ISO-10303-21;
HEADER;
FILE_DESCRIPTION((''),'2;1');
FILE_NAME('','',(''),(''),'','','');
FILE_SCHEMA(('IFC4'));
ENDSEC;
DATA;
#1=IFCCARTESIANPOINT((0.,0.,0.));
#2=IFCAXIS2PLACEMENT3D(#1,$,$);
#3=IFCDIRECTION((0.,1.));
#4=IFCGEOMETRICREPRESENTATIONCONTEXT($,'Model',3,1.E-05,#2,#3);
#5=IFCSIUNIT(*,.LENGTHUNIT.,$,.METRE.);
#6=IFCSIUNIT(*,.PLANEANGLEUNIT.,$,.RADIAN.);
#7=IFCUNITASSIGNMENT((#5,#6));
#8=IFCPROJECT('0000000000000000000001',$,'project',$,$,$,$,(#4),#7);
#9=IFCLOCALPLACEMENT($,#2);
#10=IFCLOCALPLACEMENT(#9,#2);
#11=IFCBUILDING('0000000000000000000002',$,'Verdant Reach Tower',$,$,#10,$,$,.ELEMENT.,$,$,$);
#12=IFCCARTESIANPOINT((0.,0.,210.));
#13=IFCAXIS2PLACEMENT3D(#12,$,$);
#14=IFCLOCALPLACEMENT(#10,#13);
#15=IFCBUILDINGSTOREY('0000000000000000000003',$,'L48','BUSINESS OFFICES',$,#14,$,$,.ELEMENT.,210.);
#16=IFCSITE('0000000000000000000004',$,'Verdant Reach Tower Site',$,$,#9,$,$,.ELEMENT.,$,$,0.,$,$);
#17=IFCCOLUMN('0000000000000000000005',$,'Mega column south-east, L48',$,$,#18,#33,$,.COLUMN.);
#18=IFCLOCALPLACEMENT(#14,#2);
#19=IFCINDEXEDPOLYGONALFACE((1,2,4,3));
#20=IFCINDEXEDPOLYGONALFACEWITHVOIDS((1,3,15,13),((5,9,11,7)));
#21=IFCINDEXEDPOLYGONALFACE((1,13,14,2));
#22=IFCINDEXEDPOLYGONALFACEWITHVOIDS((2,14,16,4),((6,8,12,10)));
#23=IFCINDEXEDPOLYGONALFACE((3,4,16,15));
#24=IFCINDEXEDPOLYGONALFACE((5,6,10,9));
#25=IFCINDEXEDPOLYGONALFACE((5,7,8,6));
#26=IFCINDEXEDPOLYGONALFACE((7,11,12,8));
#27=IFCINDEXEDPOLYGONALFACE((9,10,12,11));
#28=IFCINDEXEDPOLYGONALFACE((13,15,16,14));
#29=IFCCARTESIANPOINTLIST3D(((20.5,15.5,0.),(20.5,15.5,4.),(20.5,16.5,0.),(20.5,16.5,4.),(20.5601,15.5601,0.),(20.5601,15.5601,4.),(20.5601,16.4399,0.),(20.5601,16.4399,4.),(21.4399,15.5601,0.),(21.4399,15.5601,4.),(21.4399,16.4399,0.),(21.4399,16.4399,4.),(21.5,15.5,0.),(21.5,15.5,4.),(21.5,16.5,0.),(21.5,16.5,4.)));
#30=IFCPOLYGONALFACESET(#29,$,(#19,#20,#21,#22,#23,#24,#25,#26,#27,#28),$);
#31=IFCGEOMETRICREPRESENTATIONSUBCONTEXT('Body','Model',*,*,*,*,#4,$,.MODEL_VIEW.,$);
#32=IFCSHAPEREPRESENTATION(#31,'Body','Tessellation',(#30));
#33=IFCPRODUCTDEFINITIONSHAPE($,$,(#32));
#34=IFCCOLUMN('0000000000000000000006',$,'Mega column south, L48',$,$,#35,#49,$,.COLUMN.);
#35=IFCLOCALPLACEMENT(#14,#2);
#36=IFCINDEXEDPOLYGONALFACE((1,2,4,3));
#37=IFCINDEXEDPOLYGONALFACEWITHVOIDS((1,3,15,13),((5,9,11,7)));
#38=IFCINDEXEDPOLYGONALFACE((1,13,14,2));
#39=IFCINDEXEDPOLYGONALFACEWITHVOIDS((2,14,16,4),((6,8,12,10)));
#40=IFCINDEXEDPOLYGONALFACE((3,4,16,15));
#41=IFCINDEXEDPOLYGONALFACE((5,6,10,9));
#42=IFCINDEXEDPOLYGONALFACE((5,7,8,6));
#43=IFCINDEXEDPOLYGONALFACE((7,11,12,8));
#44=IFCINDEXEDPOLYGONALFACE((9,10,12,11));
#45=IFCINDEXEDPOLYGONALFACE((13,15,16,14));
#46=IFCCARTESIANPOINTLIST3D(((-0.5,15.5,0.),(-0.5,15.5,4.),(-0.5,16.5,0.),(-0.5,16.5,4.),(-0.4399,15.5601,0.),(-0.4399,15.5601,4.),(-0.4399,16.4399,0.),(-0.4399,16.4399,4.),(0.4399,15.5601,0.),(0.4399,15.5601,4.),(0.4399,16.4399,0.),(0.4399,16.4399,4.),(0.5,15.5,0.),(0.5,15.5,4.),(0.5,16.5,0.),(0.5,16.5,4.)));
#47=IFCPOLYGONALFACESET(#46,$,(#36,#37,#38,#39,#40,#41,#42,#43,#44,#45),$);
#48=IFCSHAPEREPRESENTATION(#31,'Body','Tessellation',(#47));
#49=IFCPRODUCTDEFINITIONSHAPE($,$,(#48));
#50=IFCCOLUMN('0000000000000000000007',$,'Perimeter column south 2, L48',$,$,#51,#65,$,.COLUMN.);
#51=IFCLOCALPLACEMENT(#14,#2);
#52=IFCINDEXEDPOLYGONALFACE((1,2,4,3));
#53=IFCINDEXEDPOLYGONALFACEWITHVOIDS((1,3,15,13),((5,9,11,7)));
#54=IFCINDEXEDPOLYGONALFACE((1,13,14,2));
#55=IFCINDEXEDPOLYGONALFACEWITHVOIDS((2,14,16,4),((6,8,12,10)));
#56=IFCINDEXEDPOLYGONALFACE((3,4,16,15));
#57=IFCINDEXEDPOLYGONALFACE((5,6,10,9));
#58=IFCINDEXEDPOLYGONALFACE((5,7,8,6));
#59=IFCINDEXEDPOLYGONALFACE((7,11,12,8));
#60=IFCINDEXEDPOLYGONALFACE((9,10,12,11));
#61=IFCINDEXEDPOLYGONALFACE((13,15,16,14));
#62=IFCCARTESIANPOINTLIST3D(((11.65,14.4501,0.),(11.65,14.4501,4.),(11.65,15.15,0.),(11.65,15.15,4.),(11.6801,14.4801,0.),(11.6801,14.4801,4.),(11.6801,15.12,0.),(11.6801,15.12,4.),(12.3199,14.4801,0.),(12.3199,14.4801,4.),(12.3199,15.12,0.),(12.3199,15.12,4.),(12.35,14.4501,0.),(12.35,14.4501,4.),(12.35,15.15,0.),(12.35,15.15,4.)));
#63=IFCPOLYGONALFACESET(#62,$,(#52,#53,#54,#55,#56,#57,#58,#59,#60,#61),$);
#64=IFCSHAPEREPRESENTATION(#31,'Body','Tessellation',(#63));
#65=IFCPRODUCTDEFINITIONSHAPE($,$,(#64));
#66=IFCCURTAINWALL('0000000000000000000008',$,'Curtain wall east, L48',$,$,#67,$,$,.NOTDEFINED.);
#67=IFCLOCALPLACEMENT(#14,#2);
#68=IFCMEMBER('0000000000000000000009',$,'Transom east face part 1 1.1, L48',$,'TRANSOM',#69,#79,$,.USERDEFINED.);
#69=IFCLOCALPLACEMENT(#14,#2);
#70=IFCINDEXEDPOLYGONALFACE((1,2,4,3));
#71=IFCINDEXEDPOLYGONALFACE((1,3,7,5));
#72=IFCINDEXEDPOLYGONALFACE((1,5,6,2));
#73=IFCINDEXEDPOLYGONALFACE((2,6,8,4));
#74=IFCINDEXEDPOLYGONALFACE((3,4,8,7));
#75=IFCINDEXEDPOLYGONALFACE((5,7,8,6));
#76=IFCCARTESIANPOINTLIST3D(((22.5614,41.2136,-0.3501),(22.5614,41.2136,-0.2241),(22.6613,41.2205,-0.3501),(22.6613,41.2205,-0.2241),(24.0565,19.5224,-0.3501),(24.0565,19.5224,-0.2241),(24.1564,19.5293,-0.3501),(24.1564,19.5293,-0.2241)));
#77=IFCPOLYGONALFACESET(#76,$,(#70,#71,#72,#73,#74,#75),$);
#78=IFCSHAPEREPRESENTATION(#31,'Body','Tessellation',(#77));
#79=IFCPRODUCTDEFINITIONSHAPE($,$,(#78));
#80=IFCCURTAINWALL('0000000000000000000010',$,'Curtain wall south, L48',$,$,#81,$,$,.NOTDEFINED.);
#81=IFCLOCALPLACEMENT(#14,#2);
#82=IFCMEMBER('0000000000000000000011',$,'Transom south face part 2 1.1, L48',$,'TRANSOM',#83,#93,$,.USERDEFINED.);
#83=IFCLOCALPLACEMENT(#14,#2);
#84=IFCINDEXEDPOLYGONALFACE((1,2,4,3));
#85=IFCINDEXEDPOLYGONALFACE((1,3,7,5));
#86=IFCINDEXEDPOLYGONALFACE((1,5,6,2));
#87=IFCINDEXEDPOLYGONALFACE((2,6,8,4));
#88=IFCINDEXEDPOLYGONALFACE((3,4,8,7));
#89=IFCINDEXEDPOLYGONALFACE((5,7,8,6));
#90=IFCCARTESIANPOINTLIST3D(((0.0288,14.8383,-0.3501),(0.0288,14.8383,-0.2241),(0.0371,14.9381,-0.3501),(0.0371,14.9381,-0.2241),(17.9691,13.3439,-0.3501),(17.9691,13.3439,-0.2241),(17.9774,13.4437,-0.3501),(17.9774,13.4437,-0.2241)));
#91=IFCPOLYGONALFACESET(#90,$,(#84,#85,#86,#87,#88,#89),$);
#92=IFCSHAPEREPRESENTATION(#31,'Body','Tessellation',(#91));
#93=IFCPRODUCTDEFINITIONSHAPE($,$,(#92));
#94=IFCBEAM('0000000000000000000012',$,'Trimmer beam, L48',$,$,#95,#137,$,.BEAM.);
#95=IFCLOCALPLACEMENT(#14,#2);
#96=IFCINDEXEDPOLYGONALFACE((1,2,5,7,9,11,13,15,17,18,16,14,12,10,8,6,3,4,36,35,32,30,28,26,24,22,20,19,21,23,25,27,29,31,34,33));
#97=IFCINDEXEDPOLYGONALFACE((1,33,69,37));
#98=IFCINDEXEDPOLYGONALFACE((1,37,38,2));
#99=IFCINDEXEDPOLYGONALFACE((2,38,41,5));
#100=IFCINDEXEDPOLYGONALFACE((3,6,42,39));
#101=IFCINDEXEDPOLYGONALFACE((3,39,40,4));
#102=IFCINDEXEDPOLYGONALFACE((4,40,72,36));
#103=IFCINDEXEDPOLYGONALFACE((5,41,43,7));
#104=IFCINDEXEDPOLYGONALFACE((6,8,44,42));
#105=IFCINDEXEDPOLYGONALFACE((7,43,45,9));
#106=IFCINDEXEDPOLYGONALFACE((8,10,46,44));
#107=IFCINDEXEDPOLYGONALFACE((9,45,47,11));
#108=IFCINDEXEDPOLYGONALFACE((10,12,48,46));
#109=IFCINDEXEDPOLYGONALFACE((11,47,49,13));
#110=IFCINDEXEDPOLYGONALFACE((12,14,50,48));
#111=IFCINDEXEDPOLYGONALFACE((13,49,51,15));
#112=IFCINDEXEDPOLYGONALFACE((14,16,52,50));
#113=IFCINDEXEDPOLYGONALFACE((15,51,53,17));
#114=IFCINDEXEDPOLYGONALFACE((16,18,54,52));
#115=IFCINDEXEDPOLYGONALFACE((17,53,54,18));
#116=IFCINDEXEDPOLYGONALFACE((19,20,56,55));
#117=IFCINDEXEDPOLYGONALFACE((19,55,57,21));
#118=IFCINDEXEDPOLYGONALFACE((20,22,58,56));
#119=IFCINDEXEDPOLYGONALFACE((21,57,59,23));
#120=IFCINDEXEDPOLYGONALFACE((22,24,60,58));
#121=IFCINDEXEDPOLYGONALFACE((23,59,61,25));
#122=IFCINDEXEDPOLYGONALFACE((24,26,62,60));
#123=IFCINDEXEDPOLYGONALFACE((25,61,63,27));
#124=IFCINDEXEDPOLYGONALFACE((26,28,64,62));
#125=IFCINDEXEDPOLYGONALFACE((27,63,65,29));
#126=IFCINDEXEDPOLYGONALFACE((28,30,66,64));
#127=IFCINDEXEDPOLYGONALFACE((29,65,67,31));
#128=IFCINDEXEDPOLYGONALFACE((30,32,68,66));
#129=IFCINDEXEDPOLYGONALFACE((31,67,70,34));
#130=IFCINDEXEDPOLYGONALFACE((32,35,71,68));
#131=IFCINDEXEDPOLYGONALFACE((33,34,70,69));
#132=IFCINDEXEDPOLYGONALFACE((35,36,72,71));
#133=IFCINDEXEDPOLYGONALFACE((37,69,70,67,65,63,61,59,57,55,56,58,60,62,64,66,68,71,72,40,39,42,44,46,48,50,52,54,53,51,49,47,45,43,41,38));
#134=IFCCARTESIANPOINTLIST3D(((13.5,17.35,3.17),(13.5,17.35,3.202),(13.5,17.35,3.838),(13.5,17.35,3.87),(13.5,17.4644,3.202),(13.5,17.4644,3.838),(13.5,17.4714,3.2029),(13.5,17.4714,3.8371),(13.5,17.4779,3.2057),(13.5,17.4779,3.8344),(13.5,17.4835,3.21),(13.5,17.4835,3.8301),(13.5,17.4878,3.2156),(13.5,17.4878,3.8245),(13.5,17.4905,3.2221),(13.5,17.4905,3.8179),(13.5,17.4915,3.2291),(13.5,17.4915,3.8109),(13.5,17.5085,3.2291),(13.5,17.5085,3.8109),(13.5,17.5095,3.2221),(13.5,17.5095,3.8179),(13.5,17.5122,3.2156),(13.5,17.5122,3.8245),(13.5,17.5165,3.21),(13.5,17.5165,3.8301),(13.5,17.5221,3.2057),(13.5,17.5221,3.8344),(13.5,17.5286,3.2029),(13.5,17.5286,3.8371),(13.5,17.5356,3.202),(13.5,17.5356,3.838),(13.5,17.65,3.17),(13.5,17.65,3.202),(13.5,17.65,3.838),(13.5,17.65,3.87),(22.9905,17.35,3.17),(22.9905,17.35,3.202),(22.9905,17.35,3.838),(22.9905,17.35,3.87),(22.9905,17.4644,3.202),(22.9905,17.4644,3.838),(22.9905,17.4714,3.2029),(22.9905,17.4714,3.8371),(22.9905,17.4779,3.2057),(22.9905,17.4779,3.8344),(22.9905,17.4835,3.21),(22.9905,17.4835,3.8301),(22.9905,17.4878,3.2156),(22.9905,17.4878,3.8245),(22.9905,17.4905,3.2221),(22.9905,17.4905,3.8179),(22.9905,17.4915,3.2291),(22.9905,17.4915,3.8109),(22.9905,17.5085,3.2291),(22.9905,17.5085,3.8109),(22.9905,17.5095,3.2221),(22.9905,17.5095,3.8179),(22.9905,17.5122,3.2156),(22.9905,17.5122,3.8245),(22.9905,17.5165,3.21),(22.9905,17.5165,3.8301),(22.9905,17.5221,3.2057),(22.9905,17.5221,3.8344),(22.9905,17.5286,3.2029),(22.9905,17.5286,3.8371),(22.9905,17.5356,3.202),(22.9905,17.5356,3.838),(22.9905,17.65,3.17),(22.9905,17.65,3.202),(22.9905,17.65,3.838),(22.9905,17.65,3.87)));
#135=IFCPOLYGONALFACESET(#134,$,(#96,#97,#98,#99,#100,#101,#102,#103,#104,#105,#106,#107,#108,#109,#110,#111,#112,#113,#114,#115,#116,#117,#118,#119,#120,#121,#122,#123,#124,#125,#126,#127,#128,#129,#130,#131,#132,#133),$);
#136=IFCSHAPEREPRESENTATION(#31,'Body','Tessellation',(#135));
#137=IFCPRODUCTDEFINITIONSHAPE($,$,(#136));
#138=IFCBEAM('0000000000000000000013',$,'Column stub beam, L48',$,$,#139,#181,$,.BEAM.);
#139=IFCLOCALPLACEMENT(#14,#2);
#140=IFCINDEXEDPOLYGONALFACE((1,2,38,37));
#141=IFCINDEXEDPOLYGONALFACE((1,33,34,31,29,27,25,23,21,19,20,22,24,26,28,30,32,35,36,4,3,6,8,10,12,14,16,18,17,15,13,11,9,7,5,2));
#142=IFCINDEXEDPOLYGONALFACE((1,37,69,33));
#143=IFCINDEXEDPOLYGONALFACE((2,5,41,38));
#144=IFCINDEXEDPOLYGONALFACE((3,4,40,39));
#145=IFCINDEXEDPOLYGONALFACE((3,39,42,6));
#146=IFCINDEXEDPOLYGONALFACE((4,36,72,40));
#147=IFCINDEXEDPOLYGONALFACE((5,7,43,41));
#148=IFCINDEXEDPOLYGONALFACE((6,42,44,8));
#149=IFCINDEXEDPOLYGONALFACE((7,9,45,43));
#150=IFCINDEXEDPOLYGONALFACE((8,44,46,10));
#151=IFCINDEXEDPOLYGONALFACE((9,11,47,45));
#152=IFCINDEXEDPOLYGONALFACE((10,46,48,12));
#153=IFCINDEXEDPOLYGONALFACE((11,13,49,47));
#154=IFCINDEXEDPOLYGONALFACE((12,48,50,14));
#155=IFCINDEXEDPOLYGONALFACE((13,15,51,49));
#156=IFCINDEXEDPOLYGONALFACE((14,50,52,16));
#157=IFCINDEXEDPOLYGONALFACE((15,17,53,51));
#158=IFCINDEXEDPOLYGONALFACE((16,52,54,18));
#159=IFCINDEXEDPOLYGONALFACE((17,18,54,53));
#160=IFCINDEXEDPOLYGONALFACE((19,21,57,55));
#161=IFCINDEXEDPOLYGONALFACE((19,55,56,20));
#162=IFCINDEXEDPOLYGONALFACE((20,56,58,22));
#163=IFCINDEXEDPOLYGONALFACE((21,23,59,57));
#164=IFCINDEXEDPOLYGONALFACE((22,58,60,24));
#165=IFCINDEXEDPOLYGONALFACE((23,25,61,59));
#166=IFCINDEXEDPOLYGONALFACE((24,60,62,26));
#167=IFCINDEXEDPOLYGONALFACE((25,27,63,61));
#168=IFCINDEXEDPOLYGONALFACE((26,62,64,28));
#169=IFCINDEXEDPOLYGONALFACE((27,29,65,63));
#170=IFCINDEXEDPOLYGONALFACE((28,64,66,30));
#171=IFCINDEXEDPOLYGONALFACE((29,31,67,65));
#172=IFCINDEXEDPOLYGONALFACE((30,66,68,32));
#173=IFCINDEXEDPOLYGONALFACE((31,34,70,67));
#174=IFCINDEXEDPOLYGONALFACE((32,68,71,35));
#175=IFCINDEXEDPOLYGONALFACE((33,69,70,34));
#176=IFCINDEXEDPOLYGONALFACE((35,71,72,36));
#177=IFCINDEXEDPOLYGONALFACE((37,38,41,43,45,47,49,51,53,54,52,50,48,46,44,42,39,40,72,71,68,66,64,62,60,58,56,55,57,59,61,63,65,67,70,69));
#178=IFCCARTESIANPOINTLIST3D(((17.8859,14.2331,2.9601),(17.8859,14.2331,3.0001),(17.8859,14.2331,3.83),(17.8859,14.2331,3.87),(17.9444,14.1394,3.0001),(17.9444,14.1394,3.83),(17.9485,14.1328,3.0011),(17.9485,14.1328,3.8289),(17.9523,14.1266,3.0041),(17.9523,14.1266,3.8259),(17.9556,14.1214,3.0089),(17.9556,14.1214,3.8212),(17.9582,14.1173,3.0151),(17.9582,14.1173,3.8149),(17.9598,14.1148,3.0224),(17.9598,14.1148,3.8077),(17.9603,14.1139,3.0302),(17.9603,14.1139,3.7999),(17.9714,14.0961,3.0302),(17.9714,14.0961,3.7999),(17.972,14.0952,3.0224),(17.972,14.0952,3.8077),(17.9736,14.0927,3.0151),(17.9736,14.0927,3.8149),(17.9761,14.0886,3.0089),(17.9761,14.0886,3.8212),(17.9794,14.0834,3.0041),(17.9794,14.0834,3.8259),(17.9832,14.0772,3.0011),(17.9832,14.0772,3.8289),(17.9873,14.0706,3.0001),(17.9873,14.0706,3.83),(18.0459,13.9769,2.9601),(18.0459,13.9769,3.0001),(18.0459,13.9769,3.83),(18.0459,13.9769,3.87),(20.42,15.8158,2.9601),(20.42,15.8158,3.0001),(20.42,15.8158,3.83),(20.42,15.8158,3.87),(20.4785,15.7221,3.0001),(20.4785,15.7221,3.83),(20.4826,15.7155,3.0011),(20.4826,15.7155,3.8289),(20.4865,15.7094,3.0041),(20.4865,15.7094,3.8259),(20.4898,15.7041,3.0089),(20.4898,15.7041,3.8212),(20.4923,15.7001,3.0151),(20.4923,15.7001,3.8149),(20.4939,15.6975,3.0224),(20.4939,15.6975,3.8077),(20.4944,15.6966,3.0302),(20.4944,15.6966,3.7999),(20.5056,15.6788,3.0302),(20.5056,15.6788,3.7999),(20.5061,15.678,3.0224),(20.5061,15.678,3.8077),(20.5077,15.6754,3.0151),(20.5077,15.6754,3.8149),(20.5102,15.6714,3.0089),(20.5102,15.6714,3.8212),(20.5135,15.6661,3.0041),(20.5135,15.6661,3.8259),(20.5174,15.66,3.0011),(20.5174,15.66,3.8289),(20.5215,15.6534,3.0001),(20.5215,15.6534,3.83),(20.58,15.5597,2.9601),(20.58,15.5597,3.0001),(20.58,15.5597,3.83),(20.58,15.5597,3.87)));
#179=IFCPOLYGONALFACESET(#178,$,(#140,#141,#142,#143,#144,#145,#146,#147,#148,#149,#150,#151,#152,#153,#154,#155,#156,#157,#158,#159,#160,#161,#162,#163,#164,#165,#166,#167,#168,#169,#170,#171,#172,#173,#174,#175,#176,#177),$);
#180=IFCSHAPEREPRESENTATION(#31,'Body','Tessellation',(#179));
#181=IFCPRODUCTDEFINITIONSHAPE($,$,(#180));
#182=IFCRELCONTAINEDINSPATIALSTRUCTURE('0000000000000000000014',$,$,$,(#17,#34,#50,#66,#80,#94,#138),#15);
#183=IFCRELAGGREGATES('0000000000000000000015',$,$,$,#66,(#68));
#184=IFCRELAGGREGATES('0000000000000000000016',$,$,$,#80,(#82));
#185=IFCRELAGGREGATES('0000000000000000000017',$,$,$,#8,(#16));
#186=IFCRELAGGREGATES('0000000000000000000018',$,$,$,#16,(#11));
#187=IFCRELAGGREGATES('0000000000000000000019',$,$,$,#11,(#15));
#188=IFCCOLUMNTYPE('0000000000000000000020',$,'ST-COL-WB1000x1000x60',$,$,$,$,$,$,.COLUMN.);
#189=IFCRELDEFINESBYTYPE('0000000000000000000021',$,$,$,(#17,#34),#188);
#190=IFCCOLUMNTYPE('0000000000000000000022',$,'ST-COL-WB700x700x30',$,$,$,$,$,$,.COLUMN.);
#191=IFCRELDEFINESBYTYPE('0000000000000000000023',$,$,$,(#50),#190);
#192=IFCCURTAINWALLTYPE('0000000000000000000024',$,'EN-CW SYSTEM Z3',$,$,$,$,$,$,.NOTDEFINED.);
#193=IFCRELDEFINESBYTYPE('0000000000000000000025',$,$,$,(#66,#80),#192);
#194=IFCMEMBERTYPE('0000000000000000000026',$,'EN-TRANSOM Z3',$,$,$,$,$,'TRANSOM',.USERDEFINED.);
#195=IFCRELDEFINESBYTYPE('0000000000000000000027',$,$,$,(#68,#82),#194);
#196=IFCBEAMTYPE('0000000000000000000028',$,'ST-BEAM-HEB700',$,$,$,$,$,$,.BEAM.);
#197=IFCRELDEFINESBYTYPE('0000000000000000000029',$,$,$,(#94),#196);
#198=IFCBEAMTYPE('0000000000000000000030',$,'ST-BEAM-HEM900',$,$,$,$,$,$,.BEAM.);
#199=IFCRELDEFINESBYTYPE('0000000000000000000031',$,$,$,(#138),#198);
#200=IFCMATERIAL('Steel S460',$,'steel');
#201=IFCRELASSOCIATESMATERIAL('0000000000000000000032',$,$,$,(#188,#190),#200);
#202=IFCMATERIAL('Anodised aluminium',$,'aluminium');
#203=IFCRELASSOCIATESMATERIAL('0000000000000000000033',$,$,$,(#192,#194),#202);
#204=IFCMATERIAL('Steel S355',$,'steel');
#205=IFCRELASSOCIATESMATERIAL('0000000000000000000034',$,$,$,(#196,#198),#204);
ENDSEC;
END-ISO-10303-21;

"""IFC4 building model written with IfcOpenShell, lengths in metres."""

from ifc_helpers import new_model, si_unit, direction, frame, origin, origin_2d, place, context, subcontext, project, spatial, rectangle, hollow_rectangle, i_section, extrude, material, material_profile, profile_set, type_object, element, aggregate, save


model = new_model("IFC4")

# Units and contexts
model_context = context("Model", 3, precision=1e-05, world=origin(), true_north=direction((0.0, 1.0)))
body_context = subcontext(model_context, "Body", "Model", "MODEL_VIEW")
ifc_project = project(units=[si_unit("LENGTHUNIT", "METRE"), si_unit("PLANEANGLEUNIT", "RADIAN")], contexts=[model_context])

# Site, building, storey
site_placement = place(None, origin())
site = spatial("IfcSite", under=ifc_project, at=site_placement, Name="Verdant Reach Tower Site", CompositionType="ELEMENT", RefElevation=0.0)
building_placement = place(site_placement, origin())
building = spatial("IfcBuilding", under=site, at=building_placement, Name="Verdant Reach Tower", CompositionType="ELEMENT")
storey_placement = place(building_placement, frame((0.0, 0.0, 210.0)))
storey = spatial("IfcBuildingStorey", under=building, at=storey_placement, Name="L48", Description="BUSINESS OFFICES", CompositionType="ELEMENT", Elevation=210.0)

# Columns
ifc_material_1 = material(Name="Steel S460", Category="steel")
ifc_material_profile_1 = material_profile(ifc_material_1, hollow_rectangle(XDim=1.0, YDim=1.0, WallThickness=0.0601, at=origin_2d()), Name="WB 1000x1000x60")
ifc_profile_set_1 = profile_set([ifc_material_profile_1], Name="Steel S460")
column_type_1 = type_object("IfcColumnType", Name="ST-COL-WB1000x1000x60", PredefinedType="COLUMN", material=ifc_profile_set_1)
for number, where, z_axis, x_axis, name in (
    (1, (21.0, 16.0, 0.0), (0.0, 0.0, 1.0), (1.0, 0.0, 0.0), "Mega column south-east, L48"),
    (2, (0.0, 16.0, 0.0), (0.0, 0.0, 1.0), (1.0, 0.0, 0.0), "Mega column south, L48"),
):
    element("IfcColumn", number, at=place(storey_placement, frame(where, z_axis=z_axis, x_axis=x_axis)), inside=storey, type_object=column_type_1, Name=name, PredefinedType="COLUMN", context=body_context, shape_type="SweptSolid", body=[
        extrude(hollow_rectangle(XDim=1.0, YDim=1.0, WallThickness=0.0601, at=origin_2d()), origin(), (0.0, 0.0, 1.0), 4.0),
    ])
ifc_material_profile_2 = material_profile(ifc_material_1, hollow_rectangle(XDim=0.7, YDim=0.7, WallThickness=0.03, at=origin_2d()), Name="WB 700x700x30")
ifc_profile_set_2 = profile_set([ifc_material_profile_2], Name="Steel S460")
column_type_2 = type_object("IfcColumnType", Name="ST-COL-WB700x700x30", PredefinedType="COLUMN", material=ifc_profile_set_2)
column_placement = place(storey_placement, frame((12.0, 14.8, 0.0), z_axis=(0.0, 0.0, 1.0), x_axis=(1.0, 0.0, 0.0)))
element("IfcColumn", 3, at=column_placement, inside=storey, type_object=column_type_2, Name="Perimeter column south 2, L48", PredefinedType="COLUMN", context=body_context, shape_type="SweptSolid", body=[
    extrude(hollow_rectangle(XDim=0.7, YDim=0.7, WallThickness=0.03, at=origin_2d()), origin(), (0.0, 0.0, 1.0), 4.0),
])

# Curtain walls, members
ifc_material_2 = material(Name="Anodised aluminium", Category="aluminium")
curtain_wall_type = type_object("IfcCurtainWallType", Name="EN-CW SYSTEM Z3", PredefinedType="NOTDEFINED", material=ifc_material_2)
curtain_wall_1_placement = place(storey_placement, origin())
curtain_wall_1 = element("IfcCurtainWall", 4, at=curtain_wall_1_placement, inside=storey, type_object=curtain_wall_type, Name="Curtain wall east, L48", PredefinedType="NOTDEFINED")
ifc_material_profile_3 = material_profile(ifc_material_2, rectangle(XDim=0.1001, YDim=0.126, at=origin_2d()), Name="Transom 126x100")
ifc_profile_set_3 = profile_set([ifc_material_profile_3], Name="Anodised aluminium")
member_type = type_object("IfcMemberType", Name="EN-TRANSOM Z3", ElementType="TRANSOM", PredefinedType="USERDEFINED", material=ifc_profile_set_3)
member_1_placement = place(storey_placement, frame((24.1064, 19.5259, -0.2871), z_axis=(-0.068764, 0.997633, 0.0), x_axis=(-0.997633, -0.068764, 0.0)))
member_1 = element("IfcMember", 5, at=member_1_placement, type_object=member_type, Name="Transom east face part 1 1.1, L48", ObjectType="TRANSOM", PredefinedType="USERDEFINED", context=body_context, shape_type="SweptSolid", body=[
    extrude(rectangle(XDim=0.1001, YDim=0.126, at=origin_2d()), origin(), (0.0, 0.0, 1.0), 21.7427),
])
aggregate(curtain_wall_1, [member_1])
curtain_wall_2_placement = place(storey_placement, origin())
curtain_wall_2 = element("IfcCurtainWall", 6, at=curtain_wall_2_placement, inside=storey, type_object=curtain_wall_type, Name="Curtain wall south, L48", PredefinedType="NOTDEFINED")
member_2_placement = place(storey_placement, frame((0.033, 14.8882, -0.2871), z_axis=(0.996549, -0.08301, 0.0), x_axis=(0.08301, 0.996549, 0.0)))
member_2 = element("IfcMember", 7, at=member_2_placement, type_object=member_type, Name="Transom south face part 2 1.1, L48", ObjectType="TRANSOM", PredefinedType="USERDEFINED", context=body_context, shape_type="SweptSolid", body=[
    extrude(rectangle(XDim=0.1001, YDim=0.126, at=origin_2d()), origin(), (0.0, 0.0, 1.0), 18.0024),
])

# Beams
ifc_material_3 = material(Name="Steel S355", Category="steel")
ifc_material_profile_4 = material_profile(ifc_material_3, i_section(OverallWidth=0.3, OverallDepth=0.7, WebThickness=0.0171, FlangeThickness=0.032, FilletRadius=0.0271, at=origin_2d()), Name="HEB 700")
ifc_profile_set_4 = profile_set([ifc_material_profile_4], Name="Steel S355")
beam_type_1 = type_object("IfcBeamType", Name="ST-BEAM-HEB700", PredefinedType="BEAM", material=ifc_profile_set_4)
beam_1_placement = place(storey_placement, frame((13.5, 17.5, 3.52), z_axis=(1.0, 0.0, 0.0), x_axis=(0.0, 1.0, 0.0)))
element("IfcBeam", 8, at=beam_1_placement, inside=storey, type_object=beam_type_1, Name="Trimmer beam, L48", PredefinedType="BEAM", context=body_context, shape_type="SweptSolid", body=[
    extrude(i_section(OverallWidth=0.3, OverallDepth=0.7, WebThickness=0.0171, FlangeThickness=0.032, FilletRadius=0.0271, at=origin_2d()), origin(), (0.0, 0.0, 1.0), 9.4905),
])
ifc_material_profile_5 = material_profile(ifc_material_3, i_section(OverallWidth=0.302, OverallDepth=0.9099, WebThickness=0.021, FlangeThickness=0.04, FilletRadius=0.03, at=origin_2d()), Name="HEM 900")
ifc_profile_set_5 = profile_set([ifc_material_profile_5], Name="Steel S355")
beam_type_2 = type_object("IfcBeamType", Name="ST-BEAM-HEM900", PredefinedType="BEAM", material=ifc_profile_set_5)
beam_2_placement = place(storey_placement, frame((20.5, 15.6877, 3.415), z_axis=(-0.848164, -0.529735, 0.0), x_axis=(0.529735, -0.848164, 0.0)))
element("IfcBeam", 9, at=beam_2_placement, inside=storey, type_object=beam_type_2, Name="Column stub beam, L48", PredefinedType="BEAM", context=body_context, shape_type="SweptSolid", body=[
    extrude(i_section(OverallWidth=0.302, OverallDepth=0.9099, WebThickness=0.021, FlangeThickness=0.04, FilletRadius=0.03, at=origin_2d()), origin(), (0.0, 0.0, 1.0), 2.9878),
])

aggregate(curtain_wall_2, [member_2])

save(model, "model.ifc")
